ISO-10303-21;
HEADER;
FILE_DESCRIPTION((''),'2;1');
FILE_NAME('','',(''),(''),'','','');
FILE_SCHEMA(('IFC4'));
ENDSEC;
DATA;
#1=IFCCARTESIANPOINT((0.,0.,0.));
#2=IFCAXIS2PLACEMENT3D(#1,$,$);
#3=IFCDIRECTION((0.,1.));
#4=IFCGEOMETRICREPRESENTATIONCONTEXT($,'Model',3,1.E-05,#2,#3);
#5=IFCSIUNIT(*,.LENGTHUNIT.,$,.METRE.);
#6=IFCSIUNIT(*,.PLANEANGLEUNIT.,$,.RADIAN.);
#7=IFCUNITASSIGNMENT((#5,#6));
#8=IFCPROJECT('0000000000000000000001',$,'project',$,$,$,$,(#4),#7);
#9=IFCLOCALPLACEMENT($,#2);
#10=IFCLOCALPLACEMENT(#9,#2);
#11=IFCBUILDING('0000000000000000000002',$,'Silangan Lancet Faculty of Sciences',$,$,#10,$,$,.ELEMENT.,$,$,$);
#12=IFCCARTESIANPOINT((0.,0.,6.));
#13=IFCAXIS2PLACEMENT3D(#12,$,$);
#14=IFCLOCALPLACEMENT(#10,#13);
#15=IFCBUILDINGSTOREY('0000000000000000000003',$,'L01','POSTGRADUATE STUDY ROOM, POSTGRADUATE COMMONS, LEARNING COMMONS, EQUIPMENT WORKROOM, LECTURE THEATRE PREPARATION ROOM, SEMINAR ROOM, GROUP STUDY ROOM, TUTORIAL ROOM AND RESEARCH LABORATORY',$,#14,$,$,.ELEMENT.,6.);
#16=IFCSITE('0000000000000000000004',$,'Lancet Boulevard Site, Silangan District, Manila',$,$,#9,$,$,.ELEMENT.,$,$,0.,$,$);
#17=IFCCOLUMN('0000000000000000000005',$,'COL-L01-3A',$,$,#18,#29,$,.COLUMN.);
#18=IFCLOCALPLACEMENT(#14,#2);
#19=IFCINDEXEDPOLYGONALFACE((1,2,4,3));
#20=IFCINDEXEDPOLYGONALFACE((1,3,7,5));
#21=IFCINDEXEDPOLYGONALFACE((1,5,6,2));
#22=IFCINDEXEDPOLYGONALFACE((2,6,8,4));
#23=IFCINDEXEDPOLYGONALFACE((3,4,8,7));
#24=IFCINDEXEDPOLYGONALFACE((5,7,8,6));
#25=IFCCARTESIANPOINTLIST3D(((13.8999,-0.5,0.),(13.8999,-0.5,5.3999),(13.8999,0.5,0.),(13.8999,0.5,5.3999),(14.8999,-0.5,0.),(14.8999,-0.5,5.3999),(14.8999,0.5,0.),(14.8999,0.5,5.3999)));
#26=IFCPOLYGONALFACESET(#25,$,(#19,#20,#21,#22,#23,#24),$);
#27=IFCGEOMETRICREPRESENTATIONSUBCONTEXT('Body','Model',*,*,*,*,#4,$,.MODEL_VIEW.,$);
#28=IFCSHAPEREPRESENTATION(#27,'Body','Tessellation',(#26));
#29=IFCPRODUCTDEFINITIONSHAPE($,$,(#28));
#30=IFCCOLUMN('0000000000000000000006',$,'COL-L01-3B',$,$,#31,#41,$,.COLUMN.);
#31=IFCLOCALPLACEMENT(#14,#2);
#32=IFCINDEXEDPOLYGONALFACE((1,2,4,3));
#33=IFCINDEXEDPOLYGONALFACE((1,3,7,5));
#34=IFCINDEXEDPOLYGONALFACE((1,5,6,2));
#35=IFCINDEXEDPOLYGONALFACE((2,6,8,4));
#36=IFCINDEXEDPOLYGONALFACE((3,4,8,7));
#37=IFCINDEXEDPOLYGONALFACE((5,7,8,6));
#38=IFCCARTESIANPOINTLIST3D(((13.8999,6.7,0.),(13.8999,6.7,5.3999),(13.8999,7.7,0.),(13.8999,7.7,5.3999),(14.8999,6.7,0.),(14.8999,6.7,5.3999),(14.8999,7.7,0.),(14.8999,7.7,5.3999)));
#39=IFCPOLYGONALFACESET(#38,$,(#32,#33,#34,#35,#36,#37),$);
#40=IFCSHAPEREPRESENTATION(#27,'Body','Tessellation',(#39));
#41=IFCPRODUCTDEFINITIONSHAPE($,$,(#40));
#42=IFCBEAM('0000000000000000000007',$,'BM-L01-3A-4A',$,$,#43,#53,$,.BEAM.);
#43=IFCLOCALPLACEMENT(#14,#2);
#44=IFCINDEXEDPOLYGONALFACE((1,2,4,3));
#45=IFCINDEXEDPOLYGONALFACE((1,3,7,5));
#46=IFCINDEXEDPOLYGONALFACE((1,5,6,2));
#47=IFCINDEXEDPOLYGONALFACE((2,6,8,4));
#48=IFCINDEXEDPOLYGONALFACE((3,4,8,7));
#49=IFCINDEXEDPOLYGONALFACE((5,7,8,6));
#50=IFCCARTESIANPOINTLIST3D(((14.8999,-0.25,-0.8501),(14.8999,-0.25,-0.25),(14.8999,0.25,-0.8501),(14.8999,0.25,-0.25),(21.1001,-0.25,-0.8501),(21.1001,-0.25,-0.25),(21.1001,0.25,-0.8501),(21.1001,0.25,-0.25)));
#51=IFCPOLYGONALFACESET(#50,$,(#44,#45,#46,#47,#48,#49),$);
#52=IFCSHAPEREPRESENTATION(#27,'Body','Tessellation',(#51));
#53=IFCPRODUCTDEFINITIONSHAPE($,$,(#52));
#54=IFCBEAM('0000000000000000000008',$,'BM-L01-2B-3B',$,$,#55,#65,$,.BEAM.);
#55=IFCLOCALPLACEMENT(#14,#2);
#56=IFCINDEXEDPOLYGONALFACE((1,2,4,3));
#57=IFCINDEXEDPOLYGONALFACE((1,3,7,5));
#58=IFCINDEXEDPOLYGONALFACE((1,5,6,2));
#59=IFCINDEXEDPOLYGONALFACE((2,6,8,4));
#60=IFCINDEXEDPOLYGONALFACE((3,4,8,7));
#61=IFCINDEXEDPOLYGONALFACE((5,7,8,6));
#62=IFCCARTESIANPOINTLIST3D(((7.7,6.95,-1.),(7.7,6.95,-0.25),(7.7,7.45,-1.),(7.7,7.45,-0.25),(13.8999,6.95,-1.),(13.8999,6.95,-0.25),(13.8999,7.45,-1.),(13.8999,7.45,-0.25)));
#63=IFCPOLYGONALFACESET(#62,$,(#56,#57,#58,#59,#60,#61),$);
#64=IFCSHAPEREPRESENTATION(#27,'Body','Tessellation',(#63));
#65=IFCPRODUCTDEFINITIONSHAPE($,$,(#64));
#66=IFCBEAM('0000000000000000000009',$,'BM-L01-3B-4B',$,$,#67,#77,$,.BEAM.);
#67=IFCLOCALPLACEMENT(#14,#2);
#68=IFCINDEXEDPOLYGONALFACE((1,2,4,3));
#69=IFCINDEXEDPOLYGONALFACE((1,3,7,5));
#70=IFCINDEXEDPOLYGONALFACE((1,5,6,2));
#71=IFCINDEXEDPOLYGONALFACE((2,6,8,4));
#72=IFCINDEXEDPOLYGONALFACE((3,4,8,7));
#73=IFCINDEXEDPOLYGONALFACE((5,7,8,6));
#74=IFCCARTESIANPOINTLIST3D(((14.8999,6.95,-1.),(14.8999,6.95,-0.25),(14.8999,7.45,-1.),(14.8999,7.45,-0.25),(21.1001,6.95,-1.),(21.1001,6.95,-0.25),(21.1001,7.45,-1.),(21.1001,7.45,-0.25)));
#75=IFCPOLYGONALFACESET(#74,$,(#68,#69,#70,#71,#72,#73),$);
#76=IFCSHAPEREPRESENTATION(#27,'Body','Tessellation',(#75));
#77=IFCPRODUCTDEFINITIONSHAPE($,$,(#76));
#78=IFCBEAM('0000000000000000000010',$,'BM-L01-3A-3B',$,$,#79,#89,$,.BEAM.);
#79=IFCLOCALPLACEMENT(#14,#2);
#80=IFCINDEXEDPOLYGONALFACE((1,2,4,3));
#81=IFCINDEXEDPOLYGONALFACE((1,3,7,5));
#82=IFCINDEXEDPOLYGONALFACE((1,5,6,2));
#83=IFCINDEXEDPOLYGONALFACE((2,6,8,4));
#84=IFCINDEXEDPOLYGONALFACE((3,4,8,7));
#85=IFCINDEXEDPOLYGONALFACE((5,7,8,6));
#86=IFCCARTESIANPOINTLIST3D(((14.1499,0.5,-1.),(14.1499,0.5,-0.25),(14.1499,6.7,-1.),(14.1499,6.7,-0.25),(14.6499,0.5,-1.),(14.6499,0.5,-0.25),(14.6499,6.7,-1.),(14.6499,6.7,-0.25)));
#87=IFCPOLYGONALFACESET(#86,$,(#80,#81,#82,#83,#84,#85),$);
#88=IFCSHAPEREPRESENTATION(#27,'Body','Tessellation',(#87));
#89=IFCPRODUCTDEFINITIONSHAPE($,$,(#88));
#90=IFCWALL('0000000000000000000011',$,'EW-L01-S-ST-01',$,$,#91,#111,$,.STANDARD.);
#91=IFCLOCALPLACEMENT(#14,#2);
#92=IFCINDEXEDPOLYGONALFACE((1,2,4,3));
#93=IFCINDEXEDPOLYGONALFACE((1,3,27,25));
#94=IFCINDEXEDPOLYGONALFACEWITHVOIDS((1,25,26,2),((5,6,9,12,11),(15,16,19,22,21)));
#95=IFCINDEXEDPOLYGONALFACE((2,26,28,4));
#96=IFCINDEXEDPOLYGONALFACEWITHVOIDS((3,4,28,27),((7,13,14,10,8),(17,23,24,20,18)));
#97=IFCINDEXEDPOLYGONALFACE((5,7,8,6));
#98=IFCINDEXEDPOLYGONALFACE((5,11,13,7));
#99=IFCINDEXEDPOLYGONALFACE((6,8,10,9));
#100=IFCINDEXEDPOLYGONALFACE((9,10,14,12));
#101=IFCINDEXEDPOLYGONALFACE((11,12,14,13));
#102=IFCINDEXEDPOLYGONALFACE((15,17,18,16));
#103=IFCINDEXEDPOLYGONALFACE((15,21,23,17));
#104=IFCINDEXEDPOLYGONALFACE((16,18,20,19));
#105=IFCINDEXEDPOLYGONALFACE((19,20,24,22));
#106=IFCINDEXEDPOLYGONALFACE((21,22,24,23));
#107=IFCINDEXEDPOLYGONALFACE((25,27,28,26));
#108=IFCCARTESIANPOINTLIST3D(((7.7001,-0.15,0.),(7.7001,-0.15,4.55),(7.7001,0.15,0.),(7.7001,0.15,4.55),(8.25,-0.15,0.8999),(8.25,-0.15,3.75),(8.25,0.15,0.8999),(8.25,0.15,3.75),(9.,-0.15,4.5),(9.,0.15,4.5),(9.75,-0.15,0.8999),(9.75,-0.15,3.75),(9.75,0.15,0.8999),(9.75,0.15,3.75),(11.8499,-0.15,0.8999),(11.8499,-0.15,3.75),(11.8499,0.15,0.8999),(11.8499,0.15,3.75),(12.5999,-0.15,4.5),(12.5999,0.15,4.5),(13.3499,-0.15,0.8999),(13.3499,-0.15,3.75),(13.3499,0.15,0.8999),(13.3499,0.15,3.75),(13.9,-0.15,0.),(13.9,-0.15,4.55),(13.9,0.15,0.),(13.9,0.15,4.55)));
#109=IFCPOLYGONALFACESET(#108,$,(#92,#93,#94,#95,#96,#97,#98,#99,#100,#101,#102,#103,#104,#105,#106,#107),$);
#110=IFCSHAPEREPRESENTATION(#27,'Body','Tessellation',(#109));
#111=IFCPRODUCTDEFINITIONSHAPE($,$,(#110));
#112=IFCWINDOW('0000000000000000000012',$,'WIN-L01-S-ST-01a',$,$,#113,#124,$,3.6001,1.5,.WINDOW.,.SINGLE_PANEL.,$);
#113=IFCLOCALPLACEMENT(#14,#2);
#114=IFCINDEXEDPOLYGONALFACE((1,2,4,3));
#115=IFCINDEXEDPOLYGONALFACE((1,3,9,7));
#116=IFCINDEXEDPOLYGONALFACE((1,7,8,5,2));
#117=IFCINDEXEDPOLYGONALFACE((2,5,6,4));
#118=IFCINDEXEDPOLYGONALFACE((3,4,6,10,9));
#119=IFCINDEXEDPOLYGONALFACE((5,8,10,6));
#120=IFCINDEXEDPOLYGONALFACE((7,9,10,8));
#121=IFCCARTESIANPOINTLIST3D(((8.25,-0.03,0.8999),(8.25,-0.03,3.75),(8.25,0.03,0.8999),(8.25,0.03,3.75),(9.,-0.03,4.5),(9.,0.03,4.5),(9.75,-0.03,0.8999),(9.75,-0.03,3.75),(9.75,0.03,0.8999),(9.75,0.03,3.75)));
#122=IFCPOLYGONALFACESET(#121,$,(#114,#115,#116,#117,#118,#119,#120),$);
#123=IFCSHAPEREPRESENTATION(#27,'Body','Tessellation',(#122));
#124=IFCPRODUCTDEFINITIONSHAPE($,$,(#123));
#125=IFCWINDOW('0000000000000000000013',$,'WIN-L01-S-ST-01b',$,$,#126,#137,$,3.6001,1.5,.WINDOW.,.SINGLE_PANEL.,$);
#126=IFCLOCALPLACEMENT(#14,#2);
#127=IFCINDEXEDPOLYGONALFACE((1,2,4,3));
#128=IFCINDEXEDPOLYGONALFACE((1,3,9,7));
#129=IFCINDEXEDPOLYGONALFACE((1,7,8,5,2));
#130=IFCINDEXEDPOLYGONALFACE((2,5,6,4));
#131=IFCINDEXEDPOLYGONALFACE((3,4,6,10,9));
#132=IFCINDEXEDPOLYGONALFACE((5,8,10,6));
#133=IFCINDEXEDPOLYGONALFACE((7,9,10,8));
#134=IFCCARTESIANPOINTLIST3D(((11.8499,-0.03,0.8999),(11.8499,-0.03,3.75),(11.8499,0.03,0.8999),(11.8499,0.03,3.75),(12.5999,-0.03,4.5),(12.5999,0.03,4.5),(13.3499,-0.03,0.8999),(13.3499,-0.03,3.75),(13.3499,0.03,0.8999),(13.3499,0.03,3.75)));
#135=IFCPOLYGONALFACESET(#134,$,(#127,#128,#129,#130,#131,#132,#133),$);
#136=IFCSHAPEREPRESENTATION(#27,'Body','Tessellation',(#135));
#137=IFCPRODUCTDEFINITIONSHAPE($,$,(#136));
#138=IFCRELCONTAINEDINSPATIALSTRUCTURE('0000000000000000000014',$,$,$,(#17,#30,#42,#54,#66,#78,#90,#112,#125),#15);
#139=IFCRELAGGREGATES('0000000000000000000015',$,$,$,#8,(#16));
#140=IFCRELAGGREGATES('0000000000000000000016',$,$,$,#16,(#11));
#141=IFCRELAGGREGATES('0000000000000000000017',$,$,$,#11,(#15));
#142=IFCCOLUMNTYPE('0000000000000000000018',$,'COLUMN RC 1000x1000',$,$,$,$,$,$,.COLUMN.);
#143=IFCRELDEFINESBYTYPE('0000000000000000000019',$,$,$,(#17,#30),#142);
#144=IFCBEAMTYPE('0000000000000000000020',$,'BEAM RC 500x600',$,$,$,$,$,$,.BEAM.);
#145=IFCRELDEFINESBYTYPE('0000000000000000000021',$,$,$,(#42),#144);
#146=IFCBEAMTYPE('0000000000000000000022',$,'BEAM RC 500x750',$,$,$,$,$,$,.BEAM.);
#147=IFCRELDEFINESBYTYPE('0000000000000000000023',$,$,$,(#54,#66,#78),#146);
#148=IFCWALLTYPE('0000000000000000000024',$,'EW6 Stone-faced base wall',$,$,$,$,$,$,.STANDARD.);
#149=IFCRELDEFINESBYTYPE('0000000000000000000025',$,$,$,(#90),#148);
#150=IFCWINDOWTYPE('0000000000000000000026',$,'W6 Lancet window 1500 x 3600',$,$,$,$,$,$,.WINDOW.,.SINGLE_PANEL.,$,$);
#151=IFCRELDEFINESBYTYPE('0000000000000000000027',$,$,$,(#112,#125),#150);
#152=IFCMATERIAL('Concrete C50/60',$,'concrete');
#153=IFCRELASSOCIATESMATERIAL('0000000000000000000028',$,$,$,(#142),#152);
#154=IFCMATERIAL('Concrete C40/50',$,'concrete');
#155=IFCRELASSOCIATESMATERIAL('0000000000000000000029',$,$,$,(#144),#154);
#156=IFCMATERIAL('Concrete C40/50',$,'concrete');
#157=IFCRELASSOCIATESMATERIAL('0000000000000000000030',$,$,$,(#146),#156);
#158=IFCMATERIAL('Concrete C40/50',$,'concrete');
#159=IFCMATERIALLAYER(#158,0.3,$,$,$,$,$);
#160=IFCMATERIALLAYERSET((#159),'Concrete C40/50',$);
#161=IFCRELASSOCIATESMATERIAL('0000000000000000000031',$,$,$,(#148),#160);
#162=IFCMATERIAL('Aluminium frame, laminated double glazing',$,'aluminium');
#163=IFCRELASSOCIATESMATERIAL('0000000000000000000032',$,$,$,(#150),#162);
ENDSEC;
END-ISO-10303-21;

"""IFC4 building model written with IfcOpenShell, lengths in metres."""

from ifc_helpers import new_model, si_unit, direction, frame, frame_2d, origin, origin_2d, place, context, subcontext, project, spatial, polyline, rectangle, outline, extrude, material, layer, layer_set, material_profile, profile_set, type_object, element, fill, save


model = new_model("IFC4")

# Units and contexts
model_context = context("Model", 3, precision=1e-05, world=origin(), true_north=direction((0.0, 1.0)))
body_context = subcontext(model_context, "Body", "Model", "MODEL_VIEW")
ifc_project = project(units=[si_unit("LENGTHUNIT", "METRE"), si_unit("PLANEANGLEUNIT", "RADIAN")], contexts=[model_context])

# Site, building, storey
site_placement = place(None, origin())
site = spatial("IfcSite", under=ifc_project, at=site_placement, Name="Lancet Boulevard Site, Silangan District, Manila", CompositionType="ELEMENT", RefElevation=0.0)
building_placement = place(site_placement, origin())
building = spatial("IfcBuilding", under=site, at=building_placement, Name="Silangan Lancet Faculty of Sciences", CompositionType="ELEMENT")
storey_placement = place(building_placement, frame((0.0, 0.0, 6.0)))
storey = spatial("IfcBuildingStorey", under=building, at=storey_placement, Name="L01", Description="POSTGRADUATE STUDY ROOM, POSTGRADUATE COMMONS, LEARNING COMMONS, EQUIPMENT WORKROOM, LECTURE THEATRE PREPARATION ROOM, SEMINAR ROOM, GROUP STUDY ROOM, TUTORIAL ROOM AND RESEARCH LABORATORY", CompositionType="ELEMENT", Elevation=6.0)

# Columns
ifc_material_1 = material(Name="Concrete C50/60", Category="concrete")
ifc_material_profile_1 = material_profile(ifc_material_1, rectangle(XDim=1.0, YDim=1.0, at=origin_2d()), Name="RC 1000x1000")
ifc_profile_set_1 = profile_set([ifc_material_profile_1], Name="Concrete C50/60")
column_type = type_object("IfcColumnType", Name="COLUMN RC 1000x1000", PredefinedType="COLUMN", material=ifc_profile_set_1)
for number, where, z_axis, x_axis, name in (
    (1, (14.3999, 0.0, 0.0), (0.0, 0.0, 1.0), (1.0, 0.0, 0.0), "COL-L01-3A"),
    (2, (14.3999, 7.2, 0.0), (0.0, 0.0, 1.0), (1.0, 0.0, 0.0), "COL-L01-3B"),
):
    element("IfcColumn", number, at=place(storey_placement, frame(where, z_axis=z_axis, x_axis=x_axis)), inside=storey, type_object=column_type, Name=name, PredefinedType="COLUMN", context=body_context, shape_type="SweptSolid", body=[
        extrude(rectangle(XDim=1.0, YDim=1.0, at=origin_2d()), origin(), (0.0, 0.0, 1.0), 5.3999),
    ])

# Beams
ifc_material_2 = material(Name="Concrete C40/50", Category="concrete")
ifc_material_profile_2 = material_profile(ifc_material_2, rectangle(XDim=0.5, YDim=0.6001, at=origin_2d()), Name="RC 500x600")
ifc_profile_set_2 = profile_set([ifc_material_profile_2], Name="Concrete C40/50")
beam_type_1 = type_object("IfcBeamType", Name="BEAM RC 500x600", PredefinedType="BEAM", material=ifc_profile_set_2)
beam_1_placement = place(storey_placement, frame((14.8999, 0.0, -0.55), z_axis=(1.0, 0.0, 0.0), x_axis=(0.0, 1.0, 0.0)))
element("IfcBeam", 3, at=beam_1_placement, inside=storey, type_object=beam_type_1, Name="BM-L01-3A-4A", PredefinedType="BEAM", context=body_context, shape_type="SweptSolid", body=[
    extrude(rectangle(XDim=0.5, YDim=0.6001, at=origin_2d()), origin(), (0.0, 0.0, 1.0), 6.2002),
])
ifc_material_3 = material(Name="Concrete C40/50", Category="concrete")
ifc_material_profile_3 = material_profile(ifc_material_3, rectangle(XDim=0.5, YDim=0.75, at=origin_2d()), Name="RC 500x750")
ifc_profile_set_3 = profile_set([ifc_material_profile_3], Name="Concrete C40/50")
beam_type_2 = type_object("IfcBeamType", Name="BEAM RC 500x750", PredefinedType="BEAM", material=ifc_profile_set_3)
beam_2_placement = place(storey_placement, frame((7.7, 7.2, -0.625), z_axis=(1.0, 0.0, 0.0), x_axis=(0.0, 1.0, 0.0)))
element("IfcBeam", 4, at=beam_2_placement, inside=storey, type_object=beam_type_2, Name="BM-L01-2B-3B", PredefinedType="BEAM", context=body_context, shape_type="SweptSolid", body=[
    extrude(rectangle(XDim=0.5, YDim=0.75, at=origin_2d()), origin(), (0.0, 0.0, 1.0), 6.2),
])
beam_3_placement = place(storey_placement, frame((14.8999, 7.2, -0.625), z_axis=(1.0, 0.0, 0.0), x_axis=(0.0, 1.0, 0.0)))
element("IfcBeam", 5, at=beam_3_placement, inside=storey, type_object=beam_type_2, Name="BM-L01-3B-4B", PredefinedType="BEAM", context=body_context, shape_type="SweptSolid", body=[
    extrude(rectangle(XDim=0.5, YDim=0.75, at=origin_2d()), origin(), (0.0, 0.0, 1.0), 6.2002),
])
beam_4_placement = place(storey_placement, frame((14.3999, 0.5, -0.625), z_axis=(0.0, 1.0, 0.0), x_axis=(-1.0, 0.0, 0.0)))
element("IfcBeam", 6, at=beam_4_placement, inside=storey, type_object=beam_type_2, Name="BM-L01-3A-3B", PredefinedType="BEAM", context=body_context, shape_type="SweptSolid", body=[
    extrude(rectangle(XDim=0.5, YDim=0.75, at=origin_2d()), origin(), (0.0, 0.0, 1.0), 6.2),
])

# Wall, openings, windows
ifc_material_4 = material(Name="Concrete C40/50", Category="concrete")
ifc_layer_1 = layer(ifc_material_4, 0.3)
ifc_layer_set_1 = layer_set([ifc_layer_1], Name="Concrete C40/50")
wall_type_1 = type_object("IfcWallType", Name="EW6 Stone-faced base wall", PredefinedType="STANDARD", material=ifc_layer_set_1)
wall_1_placement = place(storey_placement, frame((7.7, 0.0, 0.0), z_axis=(0.0, 0.0, 1.0), x_axis=(1.0, 0.0, 0.0)))
wall_1 = element("IfcWall", 7, at=wall_1_placement, inside=storey, type_object=wall_type_1, Name="EW-L01-S-ST-01", PredefinedType="STANDARD", context=body_context, shape_type="SweptSolid", body=[
    extrude(rectangle(XDim=6.2, YDim=0.3, at=frame_2d((3.1001, 0.0))), origin(), (0.0, 0.0, 1.0), 4.55),
])
opening_1_placement = place(wall_1_placement, frame((0.55, 0.0, 0.8999)))
opening_1 = element("IfcOpeningElement", 8, at=opening_1_placement, cuts=wall_1, PredefinedType="OPENING", context=body_context, shape_type="SweptSolid", body=[
    extrude(outline(polyline([(0.0, 0.0), (1.5, 0.0), (1.5, 2.8501), (0.75, 3.6001), (0.0, 2.8501), (0.0, 0.0)])), frame((0.0, 0.1599, 0.0), z_axis=(0.0, -1.0, 0.0), x_axis=(1.0, 0.0, 0.0)), (0.0, 0.0, 1.0), 0.3201),
])
opening_2_placement = place(wall_1_placement, frame((4.1499, 0.0, 0.8999)))
opening_2 = element("IfcOpeningElement", 9, at=opening_2_placement, cuts=wall_1, PredefinedType="OPENING", context=body_context, shape_type="SweptSolid", body=[
    extrude(outline(polyline([(0.0, 0.0), (1.5, 0.0), (1.5, 2.8501), (0.75, 3.6001), (0.0, 2.8501), (0.0, 0.0)])), frame((0.0, 0.1599, 0.0), z_axis=(0.0, -1.0, 0.0), x_axis=(1.0, 0.0, 0.0)), (0.0, 0.0, 1.0), 0.3201),
])
ifc_material_5 = material(Name="Aluminium frame, laminated double glazing", Category="aluminium")
window_type = type_object("IfcWindowType", Name="W6 Lancet window 1500 x 3600", PartitioningType="SINGLE_PANEL", PredefinedType="WINDOW", material=ifc_material_5)
window_1_placement = place(opening_1_placement, origin())
window_1 = element("IfcWindow", 10, at=window_1_placement, inside=storey, type_object=window_type, Name="WIN-L01-S-ST-01a", OverallHeight=3.6001, OverallWidth=1.5, PartitioningType="SINGLE_PANEL", PredefinedType="WINDOW", context=body_context, shape_type="SweptSolid", body=[
    extrude(outline(polyline([(0.0, 0.0), (1.5, 0.0), (1.5, 2.8501), (0.75, 3.6001), (0.0, 2.8501), (0.0, 0.0)])), frame((0.0, 0.03, 0.0), z_axis=(0.0, -1.0, 0.0), x_axis=(1.0, 0.0, 0.0)), (0.0, 0.0, 1.0), 0.0601),
])
fill(opening_1, window_1)
window_2_placement = place(opening_2_placement, origin())
window_2 = element("IfcWindow", 11, at=window_2_placement, inside=storey, type_object=window_type, Name="WIN-L01-S-ST-01b", OverallHeight=3.6001, OverallWidth=1.5, PartitioningType="SINGLE_PANEL", PredefinedType="WINDOW", context=body_context, shape_type="SweptSolid", body=[
    extrude(outline(polyline([(0.0, 0.0), (1.5, 0.0), (1.5, 2.8501), (0.75, 3.6001), (0.0, 2.8501), (0.0, 0.0)])), frame((0.0, 0.03, 0.0), z_axis=(0.0, -1.0, 0.0), x_axis=(1.0, 0.0, 0.0)), (0.0, 0.0, 1.0), 0.0601),
])
fill(opening_2, window_2)

save(model, "model.ifc")
